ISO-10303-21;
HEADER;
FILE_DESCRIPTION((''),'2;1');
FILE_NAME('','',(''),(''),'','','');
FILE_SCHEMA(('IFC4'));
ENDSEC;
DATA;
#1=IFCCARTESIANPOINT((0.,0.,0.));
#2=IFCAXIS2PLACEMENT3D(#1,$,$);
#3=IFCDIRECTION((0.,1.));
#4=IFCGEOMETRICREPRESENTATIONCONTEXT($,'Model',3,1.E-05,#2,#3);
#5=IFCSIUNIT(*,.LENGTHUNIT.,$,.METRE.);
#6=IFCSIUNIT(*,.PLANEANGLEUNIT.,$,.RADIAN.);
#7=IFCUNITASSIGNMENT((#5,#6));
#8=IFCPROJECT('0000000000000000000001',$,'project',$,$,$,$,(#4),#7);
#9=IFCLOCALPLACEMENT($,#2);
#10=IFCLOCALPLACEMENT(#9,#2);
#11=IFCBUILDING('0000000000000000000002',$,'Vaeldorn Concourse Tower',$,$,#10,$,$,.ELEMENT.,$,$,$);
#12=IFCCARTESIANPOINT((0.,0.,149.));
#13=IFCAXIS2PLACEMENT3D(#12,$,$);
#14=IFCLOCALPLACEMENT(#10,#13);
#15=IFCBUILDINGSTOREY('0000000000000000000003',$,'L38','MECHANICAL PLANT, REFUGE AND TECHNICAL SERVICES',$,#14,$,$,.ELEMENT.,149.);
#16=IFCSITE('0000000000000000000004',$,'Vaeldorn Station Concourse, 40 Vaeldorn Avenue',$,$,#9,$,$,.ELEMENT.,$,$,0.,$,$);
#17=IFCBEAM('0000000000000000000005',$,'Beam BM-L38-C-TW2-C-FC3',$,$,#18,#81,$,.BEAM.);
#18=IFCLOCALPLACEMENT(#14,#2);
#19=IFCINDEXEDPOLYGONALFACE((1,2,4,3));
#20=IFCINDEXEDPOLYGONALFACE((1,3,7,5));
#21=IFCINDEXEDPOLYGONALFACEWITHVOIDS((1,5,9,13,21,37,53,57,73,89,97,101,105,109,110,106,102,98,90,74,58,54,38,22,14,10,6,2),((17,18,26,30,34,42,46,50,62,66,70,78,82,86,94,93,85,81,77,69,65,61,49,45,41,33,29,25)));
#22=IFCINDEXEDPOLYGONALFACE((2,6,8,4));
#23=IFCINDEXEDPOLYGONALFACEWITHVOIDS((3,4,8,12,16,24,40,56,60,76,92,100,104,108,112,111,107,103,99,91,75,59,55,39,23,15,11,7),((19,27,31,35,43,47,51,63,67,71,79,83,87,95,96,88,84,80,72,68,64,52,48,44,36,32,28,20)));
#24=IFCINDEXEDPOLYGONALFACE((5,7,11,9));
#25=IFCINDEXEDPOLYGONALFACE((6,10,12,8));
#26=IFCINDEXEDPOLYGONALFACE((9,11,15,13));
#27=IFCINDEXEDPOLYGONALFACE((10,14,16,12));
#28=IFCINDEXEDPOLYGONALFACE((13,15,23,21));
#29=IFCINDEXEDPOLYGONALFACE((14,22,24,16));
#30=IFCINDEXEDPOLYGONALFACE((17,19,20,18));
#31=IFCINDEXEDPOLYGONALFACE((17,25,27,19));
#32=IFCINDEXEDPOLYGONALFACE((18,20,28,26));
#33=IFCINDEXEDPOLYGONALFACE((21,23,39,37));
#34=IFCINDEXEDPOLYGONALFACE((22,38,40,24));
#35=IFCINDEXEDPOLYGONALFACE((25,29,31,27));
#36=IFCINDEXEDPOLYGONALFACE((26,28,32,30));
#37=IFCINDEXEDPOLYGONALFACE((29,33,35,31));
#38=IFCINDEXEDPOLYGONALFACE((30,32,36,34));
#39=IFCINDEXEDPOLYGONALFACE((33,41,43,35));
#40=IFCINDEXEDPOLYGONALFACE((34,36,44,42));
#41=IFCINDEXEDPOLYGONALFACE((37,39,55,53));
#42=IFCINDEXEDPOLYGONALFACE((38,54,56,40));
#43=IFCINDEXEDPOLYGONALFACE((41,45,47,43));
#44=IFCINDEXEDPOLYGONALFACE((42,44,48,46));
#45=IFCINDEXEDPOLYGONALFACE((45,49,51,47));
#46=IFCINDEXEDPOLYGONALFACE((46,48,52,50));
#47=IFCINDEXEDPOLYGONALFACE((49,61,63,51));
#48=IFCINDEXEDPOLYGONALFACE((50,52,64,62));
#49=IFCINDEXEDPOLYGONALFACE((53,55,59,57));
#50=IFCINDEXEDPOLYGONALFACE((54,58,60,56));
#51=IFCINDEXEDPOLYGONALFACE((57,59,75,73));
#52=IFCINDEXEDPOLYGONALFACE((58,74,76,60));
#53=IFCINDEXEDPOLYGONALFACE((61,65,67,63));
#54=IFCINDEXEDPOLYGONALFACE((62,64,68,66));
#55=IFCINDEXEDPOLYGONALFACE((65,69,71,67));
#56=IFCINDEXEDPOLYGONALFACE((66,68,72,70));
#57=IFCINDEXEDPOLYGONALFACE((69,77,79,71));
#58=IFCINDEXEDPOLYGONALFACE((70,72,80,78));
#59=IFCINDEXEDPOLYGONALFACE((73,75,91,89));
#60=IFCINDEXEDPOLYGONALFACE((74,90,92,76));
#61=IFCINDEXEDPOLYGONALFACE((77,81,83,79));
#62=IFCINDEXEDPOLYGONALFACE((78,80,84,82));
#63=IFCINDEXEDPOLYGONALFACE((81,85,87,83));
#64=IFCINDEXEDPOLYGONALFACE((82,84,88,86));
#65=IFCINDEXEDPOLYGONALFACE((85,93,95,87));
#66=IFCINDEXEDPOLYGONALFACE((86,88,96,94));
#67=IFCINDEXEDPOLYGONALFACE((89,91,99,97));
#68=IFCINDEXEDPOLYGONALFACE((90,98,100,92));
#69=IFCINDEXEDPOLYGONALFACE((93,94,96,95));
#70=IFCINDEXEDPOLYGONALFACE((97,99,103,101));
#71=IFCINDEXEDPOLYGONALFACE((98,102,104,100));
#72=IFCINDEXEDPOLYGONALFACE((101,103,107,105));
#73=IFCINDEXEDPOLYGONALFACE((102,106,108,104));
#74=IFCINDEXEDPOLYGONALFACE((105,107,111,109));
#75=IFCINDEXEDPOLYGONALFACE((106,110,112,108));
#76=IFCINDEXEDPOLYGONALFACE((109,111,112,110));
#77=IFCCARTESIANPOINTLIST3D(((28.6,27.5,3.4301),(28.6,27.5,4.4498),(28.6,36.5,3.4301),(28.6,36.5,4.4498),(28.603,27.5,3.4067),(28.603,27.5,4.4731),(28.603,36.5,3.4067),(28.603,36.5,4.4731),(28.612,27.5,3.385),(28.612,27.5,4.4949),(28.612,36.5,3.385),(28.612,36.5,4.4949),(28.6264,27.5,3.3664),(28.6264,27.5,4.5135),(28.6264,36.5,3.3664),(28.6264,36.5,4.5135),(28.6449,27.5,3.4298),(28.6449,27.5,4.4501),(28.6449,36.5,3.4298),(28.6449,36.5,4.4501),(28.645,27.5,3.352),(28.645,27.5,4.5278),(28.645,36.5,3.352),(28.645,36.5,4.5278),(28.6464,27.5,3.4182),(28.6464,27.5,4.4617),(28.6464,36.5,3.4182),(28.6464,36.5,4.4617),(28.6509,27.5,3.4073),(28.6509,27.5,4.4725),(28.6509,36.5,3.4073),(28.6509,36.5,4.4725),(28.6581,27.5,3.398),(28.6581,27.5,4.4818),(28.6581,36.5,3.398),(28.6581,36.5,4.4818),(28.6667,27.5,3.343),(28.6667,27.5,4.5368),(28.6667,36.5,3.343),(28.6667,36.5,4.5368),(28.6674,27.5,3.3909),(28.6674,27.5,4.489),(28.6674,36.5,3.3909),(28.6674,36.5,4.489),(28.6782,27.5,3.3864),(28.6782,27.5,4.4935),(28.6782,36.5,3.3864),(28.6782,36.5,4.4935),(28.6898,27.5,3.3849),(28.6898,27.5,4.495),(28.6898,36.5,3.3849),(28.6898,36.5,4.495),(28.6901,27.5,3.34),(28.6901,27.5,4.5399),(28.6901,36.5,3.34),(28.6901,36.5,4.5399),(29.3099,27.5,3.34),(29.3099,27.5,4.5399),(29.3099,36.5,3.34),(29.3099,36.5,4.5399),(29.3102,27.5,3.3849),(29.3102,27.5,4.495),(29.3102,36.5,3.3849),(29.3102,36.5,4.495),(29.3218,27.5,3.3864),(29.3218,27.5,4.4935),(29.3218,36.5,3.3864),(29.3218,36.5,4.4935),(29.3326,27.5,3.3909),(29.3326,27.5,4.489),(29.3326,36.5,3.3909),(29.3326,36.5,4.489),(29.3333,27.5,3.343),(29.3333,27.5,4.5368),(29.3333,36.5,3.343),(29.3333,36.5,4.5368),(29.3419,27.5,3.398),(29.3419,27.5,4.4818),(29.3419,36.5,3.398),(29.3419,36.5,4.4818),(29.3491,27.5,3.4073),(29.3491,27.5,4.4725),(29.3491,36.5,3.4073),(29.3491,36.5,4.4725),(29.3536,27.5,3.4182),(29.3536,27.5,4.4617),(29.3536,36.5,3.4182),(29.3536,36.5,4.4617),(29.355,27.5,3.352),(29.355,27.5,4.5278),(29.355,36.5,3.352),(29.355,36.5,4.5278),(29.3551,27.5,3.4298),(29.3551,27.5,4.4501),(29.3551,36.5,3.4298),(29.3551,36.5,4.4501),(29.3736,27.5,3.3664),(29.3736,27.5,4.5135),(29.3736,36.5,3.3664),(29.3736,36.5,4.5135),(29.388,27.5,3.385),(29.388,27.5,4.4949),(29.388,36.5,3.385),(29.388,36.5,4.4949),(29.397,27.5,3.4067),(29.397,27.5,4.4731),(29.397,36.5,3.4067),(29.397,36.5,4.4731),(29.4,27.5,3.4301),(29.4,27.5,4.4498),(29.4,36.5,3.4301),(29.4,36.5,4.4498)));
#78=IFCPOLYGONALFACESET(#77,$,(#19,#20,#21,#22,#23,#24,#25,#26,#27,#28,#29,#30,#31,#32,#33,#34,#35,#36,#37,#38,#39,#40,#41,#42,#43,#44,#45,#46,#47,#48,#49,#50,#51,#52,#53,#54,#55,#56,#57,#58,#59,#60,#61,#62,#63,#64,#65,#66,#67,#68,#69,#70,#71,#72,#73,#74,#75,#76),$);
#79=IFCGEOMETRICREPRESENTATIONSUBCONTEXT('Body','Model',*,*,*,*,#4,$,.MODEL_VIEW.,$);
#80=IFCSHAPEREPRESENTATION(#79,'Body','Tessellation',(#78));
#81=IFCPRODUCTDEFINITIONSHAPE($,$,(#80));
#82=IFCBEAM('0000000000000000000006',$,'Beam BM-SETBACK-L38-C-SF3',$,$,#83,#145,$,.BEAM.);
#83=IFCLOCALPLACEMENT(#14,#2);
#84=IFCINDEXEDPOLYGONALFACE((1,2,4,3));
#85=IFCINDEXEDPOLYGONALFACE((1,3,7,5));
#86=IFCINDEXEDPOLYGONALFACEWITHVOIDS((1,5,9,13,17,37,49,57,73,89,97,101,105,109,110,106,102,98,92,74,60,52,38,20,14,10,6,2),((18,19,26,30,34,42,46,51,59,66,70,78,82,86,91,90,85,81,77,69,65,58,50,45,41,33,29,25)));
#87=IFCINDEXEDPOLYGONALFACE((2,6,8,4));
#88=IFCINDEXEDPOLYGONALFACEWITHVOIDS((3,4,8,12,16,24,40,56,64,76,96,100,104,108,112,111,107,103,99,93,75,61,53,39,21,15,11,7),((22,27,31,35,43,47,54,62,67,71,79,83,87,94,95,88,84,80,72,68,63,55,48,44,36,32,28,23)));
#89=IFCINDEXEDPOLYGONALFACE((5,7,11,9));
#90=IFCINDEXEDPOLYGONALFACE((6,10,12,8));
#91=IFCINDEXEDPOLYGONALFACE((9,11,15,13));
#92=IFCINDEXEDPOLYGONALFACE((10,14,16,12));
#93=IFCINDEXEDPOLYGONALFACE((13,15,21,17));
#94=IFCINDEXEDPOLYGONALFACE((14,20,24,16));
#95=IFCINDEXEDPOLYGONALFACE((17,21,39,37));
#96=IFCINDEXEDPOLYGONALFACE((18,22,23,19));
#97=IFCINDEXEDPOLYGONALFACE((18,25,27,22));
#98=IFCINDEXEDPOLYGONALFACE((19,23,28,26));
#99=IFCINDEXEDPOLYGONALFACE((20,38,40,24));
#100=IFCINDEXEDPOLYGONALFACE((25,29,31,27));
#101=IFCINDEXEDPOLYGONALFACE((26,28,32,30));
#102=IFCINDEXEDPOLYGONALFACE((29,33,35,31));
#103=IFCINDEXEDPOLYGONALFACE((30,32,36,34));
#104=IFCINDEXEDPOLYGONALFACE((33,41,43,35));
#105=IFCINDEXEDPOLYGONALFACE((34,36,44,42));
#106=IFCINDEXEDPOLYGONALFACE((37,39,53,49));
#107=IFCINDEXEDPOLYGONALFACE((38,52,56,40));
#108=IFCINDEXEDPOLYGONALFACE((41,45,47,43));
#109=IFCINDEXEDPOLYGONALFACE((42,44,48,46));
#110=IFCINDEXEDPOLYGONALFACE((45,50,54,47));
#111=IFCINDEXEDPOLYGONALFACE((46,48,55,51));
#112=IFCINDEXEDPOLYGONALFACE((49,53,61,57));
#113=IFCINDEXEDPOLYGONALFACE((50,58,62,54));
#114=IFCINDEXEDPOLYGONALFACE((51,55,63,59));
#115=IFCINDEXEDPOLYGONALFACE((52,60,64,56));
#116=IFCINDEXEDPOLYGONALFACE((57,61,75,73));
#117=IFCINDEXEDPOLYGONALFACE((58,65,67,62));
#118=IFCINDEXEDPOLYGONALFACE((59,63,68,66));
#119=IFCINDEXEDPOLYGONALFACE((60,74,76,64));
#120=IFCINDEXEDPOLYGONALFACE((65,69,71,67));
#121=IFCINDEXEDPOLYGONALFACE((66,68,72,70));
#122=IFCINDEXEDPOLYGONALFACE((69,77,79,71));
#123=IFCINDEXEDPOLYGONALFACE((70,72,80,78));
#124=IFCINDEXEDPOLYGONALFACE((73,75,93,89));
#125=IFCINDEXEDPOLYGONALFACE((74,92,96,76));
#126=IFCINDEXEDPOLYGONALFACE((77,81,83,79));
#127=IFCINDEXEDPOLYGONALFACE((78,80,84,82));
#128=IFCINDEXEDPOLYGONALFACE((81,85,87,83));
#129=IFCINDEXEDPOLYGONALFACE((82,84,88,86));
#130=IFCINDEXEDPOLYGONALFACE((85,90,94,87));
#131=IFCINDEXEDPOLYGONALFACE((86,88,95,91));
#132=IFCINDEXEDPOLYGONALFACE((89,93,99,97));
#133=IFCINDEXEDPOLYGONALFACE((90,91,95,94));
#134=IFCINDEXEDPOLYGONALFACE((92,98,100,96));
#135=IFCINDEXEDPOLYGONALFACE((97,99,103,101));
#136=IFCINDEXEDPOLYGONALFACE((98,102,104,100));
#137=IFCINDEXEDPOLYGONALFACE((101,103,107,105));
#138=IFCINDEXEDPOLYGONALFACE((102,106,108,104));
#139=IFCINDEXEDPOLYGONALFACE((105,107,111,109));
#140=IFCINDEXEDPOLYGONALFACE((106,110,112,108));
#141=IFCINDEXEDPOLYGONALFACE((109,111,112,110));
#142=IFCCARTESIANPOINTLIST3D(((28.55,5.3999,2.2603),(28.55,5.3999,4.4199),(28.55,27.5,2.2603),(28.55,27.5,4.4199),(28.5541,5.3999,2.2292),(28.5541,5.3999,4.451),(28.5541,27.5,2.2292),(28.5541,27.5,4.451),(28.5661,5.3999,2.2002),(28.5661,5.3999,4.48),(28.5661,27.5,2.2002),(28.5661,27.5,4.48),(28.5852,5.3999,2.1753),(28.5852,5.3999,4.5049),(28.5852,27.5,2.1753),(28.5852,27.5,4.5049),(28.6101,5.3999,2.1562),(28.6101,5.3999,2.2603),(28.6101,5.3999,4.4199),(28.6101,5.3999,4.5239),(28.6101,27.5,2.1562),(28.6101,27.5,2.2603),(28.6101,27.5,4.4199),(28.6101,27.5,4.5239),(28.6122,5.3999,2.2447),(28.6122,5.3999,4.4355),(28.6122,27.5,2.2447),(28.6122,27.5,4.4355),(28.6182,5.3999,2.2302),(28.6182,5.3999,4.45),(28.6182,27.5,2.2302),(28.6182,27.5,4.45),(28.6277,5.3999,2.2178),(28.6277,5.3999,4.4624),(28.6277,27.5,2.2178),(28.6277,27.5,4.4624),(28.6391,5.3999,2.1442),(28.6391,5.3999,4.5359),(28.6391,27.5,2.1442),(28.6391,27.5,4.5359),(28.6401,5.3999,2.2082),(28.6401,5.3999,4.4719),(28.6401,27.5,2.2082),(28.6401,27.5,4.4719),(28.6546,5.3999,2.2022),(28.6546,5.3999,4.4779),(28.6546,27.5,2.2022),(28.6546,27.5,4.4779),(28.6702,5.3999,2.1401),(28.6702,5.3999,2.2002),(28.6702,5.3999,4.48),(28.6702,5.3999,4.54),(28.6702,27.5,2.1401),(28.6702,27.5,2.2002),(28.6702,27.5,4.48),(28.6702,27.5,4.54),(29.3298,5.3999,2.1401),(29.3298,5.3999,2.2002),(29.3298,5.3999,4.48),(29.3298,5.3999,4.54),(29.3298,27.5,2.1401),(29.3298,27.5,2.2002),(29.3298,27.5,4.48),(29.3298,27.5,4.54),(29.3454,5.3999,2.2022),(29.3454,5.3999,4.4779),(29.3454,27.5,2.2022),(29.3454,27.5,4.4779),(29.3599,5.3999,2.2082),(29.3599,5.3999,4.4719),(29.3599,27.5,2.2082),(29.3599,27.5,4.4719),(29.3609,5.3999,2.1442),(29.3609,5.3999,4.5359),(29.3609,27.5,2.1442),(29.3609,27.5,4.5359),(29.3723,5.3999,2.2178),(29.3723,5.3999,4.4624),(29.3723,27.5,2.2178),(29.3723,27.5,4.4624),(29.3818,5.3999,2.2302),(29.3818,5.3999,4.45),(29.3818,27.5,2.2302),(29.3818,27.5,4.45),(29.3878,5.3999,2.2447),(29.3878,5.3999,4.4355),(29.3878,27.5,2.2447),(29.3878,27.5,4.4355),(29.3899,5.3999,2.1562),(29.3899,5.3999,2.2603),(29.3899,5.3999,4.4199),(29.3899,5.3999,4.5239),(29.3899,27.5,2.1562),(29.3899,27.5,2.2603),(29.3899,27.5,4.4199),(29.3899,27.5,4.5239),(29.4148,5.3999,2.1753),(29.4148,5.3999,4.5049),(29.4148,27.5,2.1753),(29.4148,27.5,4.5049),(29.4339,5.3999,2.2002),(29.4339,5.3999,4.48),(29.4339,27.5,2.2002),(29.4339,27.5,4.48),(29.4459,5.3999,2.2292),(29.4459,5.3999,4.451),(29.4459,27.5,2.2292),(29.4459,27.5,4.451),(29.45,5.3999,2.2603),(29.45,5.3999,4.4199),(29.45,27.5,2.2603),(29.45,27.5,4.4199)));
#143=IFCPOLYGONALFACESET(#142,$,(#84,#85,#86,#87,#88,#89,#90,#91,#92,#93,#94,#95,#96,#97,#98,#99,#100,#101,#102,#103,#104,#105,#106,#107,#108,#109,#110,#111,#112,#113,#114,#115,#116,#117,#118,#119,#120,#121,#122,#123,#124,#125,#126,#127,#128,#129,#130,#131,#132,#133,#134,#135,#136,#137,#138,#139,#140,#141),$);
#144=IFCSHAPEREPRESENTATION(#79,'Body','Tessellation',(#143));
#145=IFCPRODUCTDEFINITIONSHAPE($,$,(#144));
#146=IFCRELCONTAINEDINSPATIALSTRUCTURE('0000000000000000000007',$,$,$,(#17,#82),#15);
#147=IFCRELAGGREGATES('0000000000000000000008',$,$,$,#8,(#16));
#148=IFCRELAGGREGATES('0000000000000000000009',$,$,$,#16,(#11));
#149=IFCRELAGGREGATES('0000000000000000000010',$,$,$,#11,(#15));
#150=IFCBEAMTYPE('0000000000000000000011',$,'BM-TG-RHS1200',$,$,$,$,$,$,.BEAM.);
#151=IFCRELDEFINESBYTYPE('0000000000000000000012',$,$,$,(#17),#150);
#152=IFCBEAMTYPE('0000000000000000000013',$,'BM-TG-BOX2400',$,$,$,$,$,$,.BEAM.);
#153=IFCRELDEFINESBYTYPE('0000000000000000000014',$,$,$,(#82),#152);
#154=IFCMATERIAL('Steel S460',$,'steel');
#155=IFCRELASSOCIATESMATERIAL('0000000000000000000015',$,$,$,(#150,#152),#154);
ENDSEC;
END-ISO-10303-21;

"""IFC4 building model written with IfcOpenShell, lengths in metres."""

from ifc_helpers import new_model, si_unit, direction, frame, origin, origin_2d, place, context, subcontext, project, spatial, hollow_rectangle, extrude, source, transform, mapped, material, material_profile, profile_set, type_object, element, save


model = new_model("IFC4")

# Units and contexts
model_context = context("Model", 3, precision=1e-05, world=origin(), true_north=direction((0.0, 1.0)))
body_context = subcontext(model_context, "Body", "Model", "MODEL_VIEW")
ifc_project = project(units=[si_unit("LENGTHUNIT", "METRE"), si_unit("PLANEANGLEUNIT", "RADIAN")], contexts=[model_context])

# Site, building, storey
site_placement = place(None, origin())
site = spatial("IfcSite", under=ifc_project, at=site_placement, Name="Vaeldorn Station Concourse, 40 Vaeldorn Avenue", CompositionType="ELEMENT", RefElevation=0.0)
building_placement = place(site_placement, origin())
building = spatial("IfcBuilding", under=site, at=building_placement, Name="Vaeldorn Concourse Tower", CompositionType="ELEMENT")
storey_placement = place(building_placement, frame((0.0, 0.0, 149.0)))
storey = spatial("IfcBuildingStorey", under=building, at=storey_placement, Name="L38", Description="MECHANICAL PLANT, REFUGE AND TECHNICAL SERVICES", CompositionType="ELEMENT", Elevation=149.0)

# Shared definitions
ifc_material_1 = material(Name="Steel S460", Category="steel")

# Beams
ifc_material_profile_1 = material_profile(ifc_material_1, hollow_rectangle(XDim=0.8, YDim=1.2, WallThickness=0.0449, InnerFilletRadius=0.0449, OuterFilletRadius=0.0901, at=origin_2d()), Name="RHS 1200x800x45")
ifc_profile_set_1 = profile_set([ifc_material_profile_1], Name="Steel S460")
beam_type_1 = type_object("IfcBeamType", Name="BM-TG-RHS1200", PredefinedType="BEAM", material=ifc_profile_set_1)
shared_shape_1 = source(origin(), body_context, "Body", "SweptSolid", [
    extrude(hollow_rectangle(XDim=0.8, YDim=1.2, WallThickness=0.0449, InnerFilletRadius=0.0449, OuterFilletRadius=0.0901, at=origin_2d()), origin(), (0.0, 0.0, 1.0), 9.0),
])
for number, where, z_axis, x_axis, name in (
    (1, (29.0, 27.5, 3.9399), (0.0, 1.0, 0.0), (-1.0, 0.0, 0.0), "Beam BM-L38-C-TW2-C-FC3"),
):
    element("IfcBeam", number, at=place(storey_placement, frame(where, z_axis=z_axis, x_axis=x_axis)), inside=storey, type_object=beam_type_1, Name=name, PredefinedType="BEAM", context=body_context, shape_type="MappedRepresentation", body=[
        mapped(shared_shape_1, transform((0.0, 0.0, 0.0), scale=1.0)),
    ])
ifc_material_profile_2 = material_profile(ifc_material_1, hollow_rectangle(XDim=0.8999, YDim=2.3999, WallThickness=0.0601, InnerFilletRadius=0.0601, OuterFilletRadius=0.1201, at=origin_2d()), Name="RHS 2400x900x60")
ifc_profile_set_2 = profile_set([ifc_material_profile_2], Name="Steel S460")
beam_type_2 = type_object("IfcBeamType", Name="BM-TG-BOX2400", PredefinedType="BEAM", material=ifc_profile_set_2)
shared_shape_2 = source(origin(), body_context, "Body", "SweptSolid", [
    extrude(hollow_rectangle(XDim=0.8999, YDim=2.3999, WallThickness=0.0601, InnerFilletRadius=0.0601, OuterFilletRadius=0.1201, at=origin_2d()), origin(), (0.0, 0.0, 1.0), 22.1001),
])
beam_1_placement = place(storey_placement, frame((29.0, 5.3999, 3.3401), z_axis=(0.0, 1.0, 0.0), x_axis=(-1.0, 0.0, 0.0)))
element("IfcBeam", 2, at=beam_1_placement, inside=storey, type_object=beam_type_2, Name="Beam BM-SETBACK-L38-C-SF3", PredefinedType="BEAM", context=body_context, shape_type="MappedRepresentation", body=[
    mapped(shared_shape_2, transform((0.0, 0.0, 0.0), scale=1.0)),
])

save(model, "model.ifc")
